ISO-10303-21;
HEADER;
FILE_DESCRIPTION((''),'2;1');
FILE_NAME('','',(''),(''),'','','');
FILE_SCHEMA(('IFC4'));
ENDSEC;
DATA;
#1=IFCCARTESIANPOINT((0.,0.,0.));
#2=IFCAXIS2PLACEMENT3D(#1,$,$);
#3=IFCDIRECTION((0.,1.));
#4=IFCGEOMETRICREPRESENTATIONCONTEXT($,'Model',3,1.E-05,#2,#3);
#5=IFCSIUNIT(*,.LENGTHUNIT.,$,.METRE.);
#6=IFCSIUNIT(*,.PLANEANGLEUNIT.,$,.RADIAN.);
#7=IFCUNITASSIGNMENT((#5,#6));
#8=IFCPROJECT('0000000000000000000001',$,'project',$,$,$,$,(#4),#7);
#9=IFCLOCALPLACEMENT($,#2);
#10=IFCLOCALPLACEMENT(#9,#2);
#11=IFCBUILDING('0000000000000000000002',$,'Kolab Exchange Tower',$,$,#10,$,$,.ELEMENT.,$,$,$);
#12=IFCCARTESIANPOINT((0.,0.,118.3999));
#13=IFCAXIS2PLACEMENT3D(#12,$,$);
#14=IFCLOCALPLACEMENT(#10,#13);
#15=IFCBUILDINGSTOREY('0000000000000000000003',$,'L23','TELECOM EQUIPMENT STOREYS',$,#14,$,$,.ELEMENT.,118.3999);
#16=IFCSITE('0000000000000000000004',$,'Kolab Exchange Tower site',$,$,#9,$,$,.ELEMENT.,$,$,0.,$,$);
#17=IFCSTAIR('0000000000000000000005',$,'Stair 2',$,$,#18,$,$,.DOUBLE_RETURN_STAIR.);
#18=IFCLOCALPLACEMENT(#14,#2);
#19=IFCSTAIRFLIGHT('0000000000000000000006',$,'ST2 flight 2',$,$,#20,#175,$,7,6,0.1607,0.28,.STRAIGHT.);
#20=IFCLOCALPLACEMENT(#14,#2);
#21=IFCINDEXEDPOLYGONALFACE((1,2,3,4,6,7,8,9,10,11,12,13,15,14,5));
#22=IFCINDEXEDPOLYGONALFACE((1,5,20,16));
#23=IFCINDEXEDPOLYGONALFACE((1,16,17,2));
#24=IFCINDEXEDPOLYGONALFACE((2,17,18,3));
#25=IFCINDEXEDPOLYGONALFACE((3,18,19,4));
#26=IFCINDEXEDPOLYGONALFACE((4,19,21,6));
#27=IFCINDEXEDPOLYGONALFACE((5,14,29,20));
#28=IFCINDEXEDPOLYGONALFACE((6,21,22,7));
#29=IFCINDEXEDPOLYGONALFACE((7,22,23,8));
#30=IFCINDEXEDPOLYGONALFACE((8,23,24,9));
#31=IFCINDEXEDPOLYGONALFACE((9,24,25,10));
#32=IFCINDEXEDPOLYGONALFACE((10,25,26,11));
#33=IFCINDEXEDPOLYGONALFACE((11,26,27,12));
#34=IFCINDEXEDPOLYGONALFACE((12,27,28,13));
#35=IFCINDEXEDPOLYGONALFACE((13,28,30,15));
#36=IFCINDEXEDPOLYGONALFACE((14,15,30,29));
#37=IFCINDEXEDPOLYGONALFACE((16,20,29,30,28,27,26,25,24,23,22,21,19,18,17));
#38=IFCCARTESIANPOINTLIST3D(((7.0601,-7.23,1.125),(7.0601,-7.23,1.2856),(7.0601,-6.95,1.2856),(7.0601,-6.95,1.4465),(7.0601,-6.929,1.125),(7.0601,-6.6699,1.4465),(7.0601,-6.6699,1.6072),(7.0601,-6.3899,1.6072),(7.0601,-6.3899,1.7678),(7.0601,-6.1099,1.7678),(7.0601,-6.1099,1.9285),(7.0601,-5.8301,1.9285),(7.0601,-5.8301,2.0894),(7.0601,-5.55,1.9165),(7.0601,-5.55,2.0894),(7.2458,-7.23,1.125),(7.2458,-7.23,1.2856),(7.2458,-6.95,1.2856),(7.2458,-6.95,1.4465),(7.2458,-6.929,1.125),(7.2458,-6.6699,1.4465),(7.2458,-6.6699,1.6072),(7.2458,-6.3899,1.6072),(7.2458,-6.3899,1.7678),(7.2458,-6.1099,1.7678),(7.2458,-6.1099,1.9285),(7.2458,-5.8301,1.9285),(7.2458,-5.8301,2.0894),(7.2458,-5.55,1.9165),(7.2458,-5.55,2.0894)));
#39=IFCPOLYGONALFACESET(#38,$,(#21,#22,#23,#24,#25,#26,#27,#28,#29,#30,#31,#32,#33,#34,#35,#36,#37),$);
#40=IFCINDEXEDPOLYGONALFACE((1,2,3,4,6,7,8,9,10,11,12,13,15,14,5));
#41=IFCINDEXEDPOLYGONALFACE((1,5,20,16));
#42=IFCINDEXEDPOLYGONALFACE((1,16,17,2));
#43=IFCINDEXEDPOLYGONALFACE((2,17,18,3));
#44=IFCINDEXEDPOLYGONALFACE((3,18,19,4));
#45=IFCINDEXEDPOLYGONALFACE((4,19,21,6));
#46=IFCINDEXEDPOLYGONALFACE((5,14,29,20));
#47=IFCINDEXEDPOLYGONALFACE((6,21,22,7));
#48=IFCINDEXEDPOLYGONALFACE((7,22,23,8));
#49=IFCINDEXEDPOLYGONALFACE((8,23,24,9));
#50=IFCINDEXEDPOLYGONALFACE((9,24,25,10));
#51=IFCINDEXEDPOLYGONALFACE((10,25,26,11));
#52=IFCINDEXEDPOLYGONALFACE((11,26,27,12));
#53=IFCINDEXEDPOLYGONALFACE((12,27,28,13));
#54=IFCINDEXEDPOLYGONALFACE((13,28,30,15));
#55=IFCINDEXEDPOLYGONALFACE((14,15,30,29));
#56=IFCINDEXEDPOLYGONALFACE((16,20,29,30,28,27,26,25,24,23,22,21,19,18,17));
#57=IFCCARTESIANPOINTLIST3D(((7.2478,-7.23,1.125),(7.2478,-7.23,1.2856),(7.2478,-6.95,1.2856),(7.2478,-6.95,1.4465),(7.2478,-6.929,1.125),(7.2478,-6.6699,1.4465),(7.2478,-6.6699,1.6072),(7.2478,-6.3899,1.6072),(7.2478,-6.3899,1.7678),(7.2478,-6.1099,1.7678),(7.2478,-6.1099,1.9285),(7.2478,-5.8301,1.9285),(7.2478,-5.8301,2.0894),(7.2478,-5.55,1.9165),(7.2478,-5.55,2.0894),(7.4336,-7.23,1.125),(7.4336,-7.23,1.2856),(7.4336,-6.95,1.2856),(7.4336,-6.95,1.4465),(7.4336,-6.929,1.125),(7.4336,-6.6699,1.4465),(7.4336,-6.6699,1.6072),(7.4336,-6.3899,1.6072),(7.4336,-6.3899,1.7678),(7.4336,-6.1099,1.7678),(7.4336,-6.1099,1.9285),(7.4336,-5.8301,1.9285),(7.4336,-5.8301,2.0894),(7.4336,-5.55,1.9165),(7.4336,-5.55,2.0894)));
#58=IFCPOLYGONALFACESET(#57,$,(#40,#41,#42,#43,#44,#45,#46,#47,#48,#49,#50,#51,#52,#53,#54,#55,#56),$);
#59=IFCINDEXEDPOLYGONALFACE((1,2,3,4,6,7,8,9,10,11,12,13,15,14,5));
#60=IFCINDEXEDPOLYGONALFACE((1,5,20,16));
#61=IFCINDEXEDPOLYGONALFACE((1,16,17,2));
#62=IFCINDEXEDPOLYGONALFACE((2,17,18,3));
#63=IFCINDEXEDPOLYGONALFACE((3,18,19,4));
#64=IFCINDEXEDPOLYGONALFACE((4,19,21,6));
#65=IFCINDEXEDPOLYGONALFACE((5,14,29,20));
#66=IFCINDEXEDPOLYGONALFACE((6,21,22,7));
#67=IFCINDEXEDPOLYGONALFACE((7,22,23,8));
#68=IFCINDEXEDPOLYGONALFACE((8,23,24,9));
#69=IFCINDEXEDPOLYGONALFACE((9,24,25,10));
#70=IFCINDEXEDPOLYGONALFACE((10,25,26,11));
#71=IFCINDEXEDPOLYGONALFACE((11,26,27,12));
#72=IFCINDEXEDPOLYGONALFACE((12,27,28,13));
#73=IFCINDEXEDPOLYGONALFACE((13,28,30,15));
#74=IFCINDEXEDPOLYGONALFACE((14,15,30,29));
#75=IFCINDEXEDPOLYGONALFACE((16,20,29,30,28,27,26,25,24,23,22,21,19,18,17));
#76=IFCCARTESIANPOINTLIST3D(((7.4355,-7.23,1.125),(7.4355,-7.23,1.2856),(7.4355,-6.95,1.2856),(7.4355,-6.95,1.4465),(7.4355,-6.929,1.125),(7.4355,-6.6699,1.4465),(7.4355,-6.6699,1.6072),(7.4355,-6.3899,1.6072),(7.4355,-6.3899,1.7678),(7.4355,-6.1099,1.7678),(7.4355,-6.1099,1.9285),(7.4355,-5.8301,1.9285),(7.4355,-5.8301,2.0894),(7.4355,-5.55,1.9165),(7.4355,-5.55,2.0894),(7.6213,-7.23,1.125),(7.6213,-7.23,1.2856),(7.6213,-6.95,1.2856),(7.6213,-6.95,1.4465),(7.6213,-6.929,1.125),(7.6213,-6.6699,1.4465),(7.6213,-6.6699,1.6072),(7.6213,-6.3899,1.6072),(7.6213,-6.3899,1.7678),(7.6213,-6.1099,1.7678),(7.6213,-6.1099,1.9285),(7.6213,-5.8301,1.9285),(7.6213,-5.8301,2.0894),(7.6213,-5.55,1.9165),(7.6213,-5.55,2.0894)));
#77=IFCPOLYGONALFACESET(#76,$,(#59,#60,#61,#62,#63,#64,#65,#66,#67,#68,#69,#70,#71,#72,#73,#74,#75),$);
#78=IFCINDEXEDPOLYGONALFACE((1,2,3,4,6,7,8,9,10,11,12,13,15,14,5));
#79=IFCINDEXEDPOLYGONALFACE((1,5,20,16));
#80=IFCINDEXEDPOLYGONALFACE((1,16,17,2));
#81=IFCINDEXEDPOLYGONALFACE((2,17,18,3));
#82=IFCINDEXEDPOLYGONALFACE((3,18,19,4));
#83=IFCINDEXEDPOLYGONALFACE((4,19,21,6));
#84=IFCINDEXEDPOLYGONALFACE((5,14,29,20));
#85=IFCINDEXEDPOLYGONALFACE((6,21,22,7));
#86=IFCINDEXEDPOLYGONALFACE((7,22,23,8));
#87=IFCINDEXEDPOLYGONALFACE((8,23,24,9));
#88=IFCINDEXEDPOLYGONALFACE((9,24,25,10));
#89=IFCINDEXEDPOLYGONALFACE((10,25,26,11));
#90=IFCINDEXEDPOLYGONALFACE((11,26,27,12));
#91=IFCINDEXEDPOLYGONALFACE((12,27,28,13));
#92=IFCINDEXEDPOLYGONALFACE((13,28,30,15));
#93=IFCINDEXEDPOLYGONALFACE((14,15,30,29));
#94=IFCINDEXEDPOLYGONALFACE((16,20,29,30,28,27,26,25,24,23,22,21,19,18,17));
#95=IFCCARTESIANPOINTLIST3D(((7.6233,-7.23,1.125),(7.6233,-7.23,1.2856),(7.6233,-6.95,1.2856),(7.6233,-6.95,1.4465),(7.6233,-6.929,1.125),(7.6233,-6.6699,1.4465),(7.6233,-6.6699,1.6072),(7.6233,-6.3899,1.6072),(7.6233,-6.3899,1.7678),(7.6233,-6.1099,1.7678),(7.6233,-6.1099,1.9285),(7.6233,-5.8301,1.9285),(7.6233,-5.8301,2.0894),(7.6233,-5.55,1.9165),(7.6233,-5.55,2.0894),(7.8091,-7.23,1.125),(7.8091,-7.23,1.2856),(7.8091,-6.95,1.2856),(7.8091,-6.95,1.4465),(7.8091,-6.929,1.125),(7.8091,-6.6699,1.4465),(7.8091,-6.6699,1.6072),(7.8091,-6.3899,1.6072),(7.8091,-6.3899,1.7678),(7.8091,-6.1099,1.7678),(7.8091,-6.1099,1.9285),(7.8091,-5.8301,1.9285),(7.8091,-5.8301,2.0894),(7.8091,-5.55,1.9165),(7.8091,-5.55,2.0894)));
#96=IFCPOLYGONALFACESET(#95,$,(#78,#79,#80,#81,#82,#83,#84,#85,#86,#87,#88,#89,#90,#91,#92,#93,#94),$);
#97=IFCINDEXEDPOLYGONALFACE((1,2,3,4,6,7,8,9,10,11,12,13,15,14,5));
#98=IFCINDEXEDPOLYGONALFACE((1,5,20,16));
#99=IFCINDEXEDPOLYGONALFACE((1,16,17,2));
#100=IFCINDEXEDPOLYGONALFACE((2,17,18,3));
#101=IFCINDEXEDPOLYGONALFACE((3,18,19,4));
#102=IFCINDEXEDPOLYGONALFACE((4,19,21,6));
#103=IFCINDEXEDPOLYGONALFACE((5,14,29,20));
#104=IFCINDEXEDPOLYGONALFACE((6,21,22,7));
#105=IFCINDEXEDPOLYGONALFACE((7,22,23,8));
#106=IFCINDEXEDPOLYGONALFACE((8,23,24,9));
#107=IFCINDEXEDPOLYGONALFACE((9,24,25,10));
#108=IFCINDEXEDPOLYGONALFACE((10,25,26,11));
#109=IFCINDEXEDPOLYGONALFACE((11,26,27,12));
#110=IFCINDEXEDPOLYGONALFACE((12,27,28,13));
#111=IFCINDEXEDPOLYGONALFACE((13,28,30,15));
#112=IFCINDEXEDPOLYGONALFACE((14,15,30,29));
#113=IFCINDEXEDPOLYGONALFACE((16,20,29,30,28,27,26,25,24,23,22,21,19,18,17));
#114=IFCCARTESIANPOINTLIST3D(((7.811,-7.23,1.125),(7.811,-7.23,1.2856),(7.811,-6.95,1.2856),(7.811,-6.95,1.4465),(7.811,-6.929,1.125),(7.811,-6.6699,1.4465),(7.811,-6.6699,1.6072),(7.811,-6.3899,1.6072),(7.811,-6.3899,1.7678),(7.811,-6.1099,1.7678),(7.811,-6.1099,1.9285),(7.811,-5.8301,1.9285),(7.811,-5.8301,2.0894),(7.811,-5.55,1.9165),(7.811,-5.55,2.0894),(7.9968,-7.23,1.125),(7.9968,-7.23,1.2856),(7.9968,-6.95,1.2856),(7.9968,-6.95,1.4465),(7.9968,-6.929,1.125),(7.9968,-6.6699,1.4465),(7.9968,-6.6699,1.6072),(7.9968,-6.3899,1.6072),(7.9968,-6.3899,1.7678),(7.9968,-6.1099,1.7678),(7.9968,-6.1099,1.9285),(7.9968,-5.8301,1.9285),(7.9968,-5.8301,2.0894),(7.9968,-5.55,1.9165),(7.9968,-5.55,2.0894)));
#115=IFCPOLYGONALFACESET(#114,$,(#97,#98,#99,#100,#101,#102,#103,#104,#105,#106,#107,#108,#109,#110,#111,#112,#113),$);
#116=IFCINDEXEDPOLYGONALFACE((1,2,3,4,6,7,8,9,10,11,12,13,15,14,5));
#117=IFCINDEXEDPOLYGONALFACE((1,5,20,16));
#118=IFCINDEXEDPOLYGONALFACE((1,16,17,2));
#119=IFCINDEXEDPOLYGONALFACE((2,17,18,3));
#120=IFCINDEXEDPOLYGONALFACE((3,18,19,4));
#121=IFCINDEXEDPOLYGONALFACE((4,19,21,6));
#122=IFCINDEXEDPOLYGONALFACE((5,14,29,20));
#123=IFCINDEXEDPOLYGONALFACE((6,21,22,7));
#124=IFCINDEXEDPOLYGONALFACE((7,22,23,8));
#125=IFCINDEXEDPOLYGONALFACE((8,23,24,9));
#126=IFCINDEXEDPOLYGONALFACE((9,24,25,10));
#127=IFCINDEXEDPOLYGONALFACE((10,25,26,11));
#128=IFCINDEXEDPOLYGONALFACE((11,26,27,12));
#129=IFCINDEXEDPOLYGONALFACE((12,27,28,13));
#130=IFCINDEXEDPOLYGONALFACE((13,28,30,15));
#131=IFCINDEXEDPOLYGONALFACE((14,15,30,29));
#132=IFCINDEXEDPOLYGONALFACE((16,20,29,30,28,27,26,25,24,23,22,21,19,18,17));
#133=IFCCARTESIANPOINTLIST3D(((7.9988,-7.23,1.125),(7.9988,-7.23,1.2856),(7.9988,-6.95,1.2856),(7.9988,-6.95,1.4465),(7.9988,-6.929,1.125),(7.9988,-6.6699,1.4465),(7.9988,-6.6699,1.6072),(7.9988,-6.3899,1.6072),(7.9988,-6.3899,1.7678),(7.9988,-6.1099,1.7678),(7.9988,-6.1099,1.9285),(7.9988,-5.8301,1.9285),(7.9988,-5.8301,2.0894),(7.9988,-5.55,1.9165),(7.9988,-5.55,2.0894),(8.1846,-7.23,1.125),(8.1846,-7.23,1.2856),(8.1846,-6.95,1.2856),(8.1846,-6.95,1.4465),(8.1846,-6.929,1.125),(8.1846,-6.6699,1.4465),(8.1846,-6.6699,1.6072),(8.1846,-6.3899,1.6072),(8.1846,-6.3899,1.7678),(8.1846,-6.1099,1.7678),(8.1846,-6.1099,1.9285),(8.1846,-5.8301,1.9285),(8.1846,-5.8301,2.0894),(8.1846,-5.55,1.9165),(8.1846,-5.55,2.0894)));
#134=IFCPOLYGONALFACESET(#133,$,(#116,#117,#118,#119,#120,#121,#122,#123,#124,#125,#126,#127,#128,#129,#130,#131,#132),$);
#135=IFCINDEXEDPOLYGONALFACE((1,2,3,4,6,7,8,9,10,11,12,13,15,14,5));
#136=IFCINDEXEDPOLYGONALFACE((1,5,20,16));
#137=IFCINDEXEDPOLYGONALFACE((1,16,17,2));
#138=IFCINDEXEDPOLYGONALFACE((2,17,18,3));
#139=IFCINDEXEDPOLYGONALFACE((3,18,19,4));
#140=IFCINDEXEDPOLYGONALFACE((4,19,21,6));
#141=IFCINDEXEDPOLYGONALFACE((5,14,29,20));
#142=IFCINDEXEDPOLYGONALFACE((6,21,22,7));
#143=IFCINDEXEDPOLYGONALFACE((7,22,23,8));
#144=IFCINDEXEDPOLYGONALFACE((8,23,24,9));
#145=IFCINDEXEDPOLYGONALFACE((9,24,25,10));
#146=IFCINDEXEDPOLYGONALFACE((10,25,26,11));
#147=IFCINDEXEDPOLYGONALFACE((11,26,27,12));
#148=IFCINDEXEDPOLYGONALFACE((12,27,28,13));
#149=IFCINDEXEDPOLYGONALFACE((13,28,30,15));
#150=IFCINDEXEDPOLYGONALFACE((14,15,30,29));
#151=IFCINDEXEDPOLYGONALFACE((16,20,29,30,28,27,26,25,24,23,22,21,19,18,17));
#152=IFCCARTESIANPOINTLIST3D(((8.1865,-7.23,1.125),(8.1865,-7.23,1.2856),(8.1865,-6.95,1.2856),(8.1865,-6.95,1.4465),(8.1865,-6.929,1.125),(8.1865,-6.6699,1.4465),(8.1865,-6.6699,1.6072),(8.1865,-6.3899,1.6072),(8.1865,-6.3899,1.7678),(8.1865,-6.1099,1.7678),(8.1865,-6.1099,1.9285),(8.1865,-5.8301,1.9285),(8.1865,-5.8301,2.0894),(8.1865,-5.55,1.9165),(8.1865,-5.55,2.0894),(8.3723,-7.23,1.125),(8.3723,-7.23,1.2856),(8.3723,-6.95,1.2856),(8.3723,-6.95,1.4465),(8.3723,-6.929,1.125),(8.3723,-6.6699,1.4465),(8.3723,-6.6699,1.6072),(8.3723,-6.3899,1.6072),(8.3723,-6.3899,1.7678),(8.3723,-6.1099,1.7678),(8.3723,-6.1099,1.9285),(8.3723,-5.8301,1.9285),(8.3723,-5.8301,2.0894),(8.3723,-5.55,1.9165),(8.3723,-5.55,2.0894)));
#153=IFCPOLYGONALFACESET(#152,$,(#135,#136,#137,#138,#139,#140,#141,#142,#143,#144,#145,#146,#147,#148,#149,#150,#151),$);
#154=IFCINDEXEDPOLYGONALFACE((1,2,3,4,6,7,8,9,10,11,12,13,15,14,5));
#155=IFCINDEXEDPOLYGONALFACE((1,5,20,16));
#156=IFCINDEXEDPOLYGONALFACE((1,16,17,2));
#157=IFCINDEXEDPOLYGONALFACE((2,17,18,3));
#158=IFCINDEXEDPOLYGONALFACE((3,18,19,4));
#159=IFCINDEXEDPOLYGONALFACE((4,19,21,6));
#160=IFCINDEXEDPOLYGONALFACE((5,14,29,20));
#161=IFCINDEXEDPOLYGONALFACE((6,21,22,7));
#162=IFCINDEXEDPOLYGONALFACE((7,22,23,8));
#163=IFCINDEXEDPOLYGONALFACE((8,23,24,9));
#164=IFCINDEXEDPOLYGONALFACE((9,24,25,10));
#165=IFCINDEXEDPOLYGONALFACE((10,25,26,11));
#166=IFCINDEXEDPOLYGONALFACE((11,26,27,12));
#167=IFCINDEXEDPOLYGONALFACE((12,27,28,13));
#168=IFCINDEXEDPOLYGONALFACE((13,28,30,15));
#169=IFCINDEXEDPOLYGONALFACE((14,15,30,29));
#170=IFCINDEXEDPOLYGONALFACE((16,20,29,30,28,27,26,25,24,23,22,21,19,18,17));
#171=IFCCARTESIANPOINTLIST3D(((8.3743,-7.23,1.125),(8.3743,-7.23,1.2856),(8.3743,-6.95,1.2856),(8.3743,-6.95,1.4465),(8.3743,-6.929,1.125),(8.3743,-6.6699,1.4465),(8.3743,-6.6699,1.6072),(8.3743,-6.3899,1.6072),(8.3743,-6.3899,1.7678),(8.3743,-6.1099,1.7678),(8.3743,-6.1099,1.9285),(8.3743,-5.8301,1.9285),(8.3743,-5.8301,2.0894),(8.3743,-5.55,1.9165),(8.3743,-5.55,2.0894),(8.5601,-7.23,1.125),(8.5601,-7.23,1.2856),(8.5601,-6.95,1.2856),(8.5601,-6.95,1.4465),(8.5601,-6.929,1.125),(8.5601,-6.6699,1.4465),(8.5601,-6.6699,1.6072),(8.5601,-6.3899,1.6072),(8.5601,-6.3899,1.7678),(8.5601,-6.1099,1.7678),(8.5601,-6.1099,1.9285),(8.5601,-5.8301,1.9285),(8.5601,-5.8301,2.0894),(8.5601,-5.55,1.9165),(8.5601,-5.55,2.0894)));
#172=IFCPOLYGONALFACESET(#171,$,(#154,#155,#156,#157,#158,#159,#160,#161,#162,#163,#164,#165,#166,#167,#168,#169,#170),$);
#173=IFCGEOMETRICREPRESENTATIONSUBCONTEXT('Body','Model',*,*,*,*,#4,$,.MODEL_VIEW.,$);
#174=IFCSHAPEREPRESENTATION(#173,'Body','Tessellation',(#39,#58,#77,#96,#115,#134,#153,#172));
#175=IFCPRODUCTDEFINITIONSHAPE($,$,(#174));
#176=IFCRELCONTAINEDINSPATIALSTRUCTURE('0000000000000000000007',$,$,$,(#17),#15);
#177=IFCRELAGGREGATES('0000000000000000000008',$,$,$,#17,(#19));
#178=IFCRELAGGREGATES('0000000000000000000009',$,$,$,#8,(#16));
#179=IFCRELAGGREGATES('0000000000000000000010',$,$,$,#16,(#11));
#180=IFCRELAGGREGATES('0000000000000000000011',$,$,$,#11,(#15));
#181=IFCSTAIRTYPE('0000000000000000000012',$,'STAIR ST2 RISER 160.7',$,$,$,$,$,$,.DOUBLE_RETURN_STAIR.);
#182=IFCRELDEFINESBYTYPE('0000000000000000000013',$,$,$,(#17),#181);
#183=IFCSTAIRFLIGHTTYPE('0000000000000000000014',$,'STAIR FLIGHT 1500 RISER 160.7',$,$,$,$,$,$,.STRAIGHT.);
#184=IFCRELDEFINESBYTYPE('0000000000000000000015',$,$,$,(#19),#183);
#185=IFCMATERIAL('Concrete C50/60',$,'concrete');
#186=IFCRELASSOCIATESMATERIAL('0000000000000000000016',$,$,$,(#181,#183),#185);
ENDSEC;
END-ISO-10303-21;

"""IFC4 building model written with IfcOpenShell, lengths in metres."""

from ifc_helpers import new_model, si_unit, direction, frame, origin, place, context, subcontext, project, spatial, polyline, outline, extrude, material, type_object, element, aggregate, save


model = new_model("IFC4")

# Units and contexts
model_context = context("Model", 3, precision=1e-05, world=origin(), true_north=direction((0.0, 1.0)))
body_context = subcontext(model_context, "Body", "Model", "MODEL_VIEW")
ifc_project = project(units=[si_unit("LENGTHUNIT", "METRE"), si_unit("PLANEANGLEUNIT", "RADIAN")], contexts=[model_context])

# Site, building, storey
site_placement = place(None, origin())
site = spatial("IfcSite", under=ifc_project, at=site_placement, Name="Kolab Exchange Tower site", CompositionType="ELEMENT", RefElevation=0.0)
building_placement = place(site_placement, origin())
building = spatial("IfcBuilding", under=site, at=building_placement, Name="Kolab Exchange Tower", CompositionType="ELEMENT")
storey_placement = place(building_placement, frame((0.0, 0.0, 118.3999)))
storey = spatial("IfcBuildingStorey", under=building, at=storey_placement, Name="L23", Description="TELECOM EQUIPMENT STOREYS", CompositionType="ELEMENT", Elevation=118.3999)

# Shared definitions
ifc_material_1 = material(Name="Concrete C50/60", Category="concrete")

# Stair, stair flight
stair_type = type_object("IfcStairType", Name="STAIR ST2 RISER 160.7", PredefinedType="DOUBLE_RETURN_STAIR", material=ifc_material_1)
stair_placement = place(storey_placement, origin())
stair = element("IfcStair", 1, at=stair_placement, inside=storey, type_object=stair_type, Name="Stair 2", PredefinedType="DOUBLE_RETURN_STAIR")
stair_flight_type = type_object("IfcStairFlightType", Name="STAIR FLIGHT 1500 RISER 160.7", PredefinedType="STRAIGHT", material=ifc_material_1)
stair_flight_1_placement = place(storey_placement, frame((7.8101, -7.23, 1.125), z_axis=(0.0, 0.0, 1.0), x_axis=(0.0, 1.0, 0.0)))
stair_flight_1 = element("IfcStairFlight", 2, at=stair_flight_1_placement, type_object=stair_flight_type, Name="ST2 flight 2", NumberOfRisers=7, NumberOfTreads=6, PredefinedType="STRAIGHT", RiserHeight=0.1607, TreadLength=0.28, context=body_context, shape_type="SweptSolid", body=[
    extrude(outline(polyline([(0.0, 0.0), (0.0, 0.1606), (0.28, 0.1606), (0.28, 0.3215), (0.5601, 0.3215), (0.5601, 0.4822), (0.8401, 0.4822), (0.8401, 0.6428), (1.1201, 0.6428), (1.1201, 0.8035), (1.3999, 0.8035), (1.3999, 0.9644), (1.6799, 0.9644), (1.6799, 1.125), (1.6799, 0.7915), (0.301, 0.0), (0.0, 0.0)])), frame((0.0, 0.75, 0.0), z_axis=(0.0, -1.0, 0.0), x_axis=(1.0, 0.0, 0.0)), (0.0, 0.0, 1.0), 0.1858),
    extrude(outline(polyline([(0.0, 0.0), (0.0, 0.1606), (0.28, 0.1606), (0.28, 0.3215), (0.5601, 0.3215), (0.5601, 0.4822), (0.8401, 0.4822), (0.8401, 0.6428), (1.1201, 0.6428), (1.1201, 0.8035), (1.3999, 0.8035), (1.3999, 0.9644), (1.6799, 0.9644), (1.6799, 1.125), (1.6799, 0.7915), (0.301, 0.0), (0.0, 0.0)])), frame((0.0, 0.5623, 0.0), z_axis=(0.0, -1.0, 0.0), x_axis=(1.0, 0.0, 0.0)), (0.0, 0.0, 1.0), 0.1858),
    extrude(outline(polyline([(0.0, 0.0), (0.0, 0.1606), (0.28, 0.1606), (0.28, 0.3215), (0.5601, 0.3215), (0.5601, 0.4822), (0.8401, 0.4822), (0.8401, 0.6428), (1.1201, 0.6428), (1.1201, 0.8035), (1.3999, 0.8035), (1.3999, 0.9644), (1.6799, 0.9644), (1.6799, 1.125), (1.6799, 0.7915), (0.301, 0.0), (0.0, 0.0)])), frame((0.0, 0.3745, 0.0), z_axis=(0.0, -1.0, 0.0), x_axis=(1.0, 0.0, 0.0)), (0.0, 0.0, 1.0), 0.1858),
    extrude(outline(polyline([(0.0, 0.0), (0.0, 0.1606), (0.28, 0.1606), (0.28, 0.3215), (0.5601, 0.3215), (0.5601, 0.4822), (0.8401, 0.4822), (0.8401, 0.6428), (1.1201, 0.6428), (1.1201, 0.8035), (1.3999, 0.8035), (1.3999, 0.9644), (1.6799, 0.9644), (1.6799, 1.125), (1.6799, 0.7915), (0.301, 0.0), (0.0, 0.0)])), frame((0.0, 0.1868, 0.0), z_axis=(0.0, -1.0, 0.0), x_axis=(1.0, 0.0, 0.0)), (0.0, 0.0, 1.0), 0.1858),
    extrude(outline(polyline([(0.0, 0.0), (0.0, 0.1606), (0.28, 0.1606), (0.28, 0.3215), (0.5601, 0.3215), (0.5601, 0.4822), (0.8401, 0.4822), (0.8401, 0.6428), (1.1201, 0.6428), (1.1201, 0.8035), (1.3999, 0.8035), (1.3999, 0.9644), (1.6799, 0.9644), (1.6799, 1.125), (1.6799, 0.7915), (0.301, 0.0), (0.0, 0.0)])), frame((0.0, -0.001, 0.0), z_axis=(0.0, -1.0, 0.0), x_axis=(1.0, 0.0, 0.0)), (0.0, 0.0, 1.0), 0.1858),
    extrude(outline(polyline([(0.0, 0.0), (0.0, 0.1606), (0.28, 0.1606), (0.28, 0.3215), (0.5601, 0.3215), (0.5601, 0.4822), (0.8401, 0.4822), (0.8401, 0.6428), (1.1201, 0.6428), (1.1201, 0.8035), (1.3999, 0.8035), (1.3999, 0.9644), (1.6799, 0.9644), (1.6799, 1.125), (1.6799, 0.7915), (0.301, 0.0), (0.0, 0.0)])), frame((0.0, -0.1887, 0.0), z_axis=(0.0, -1.0, 0.0), x_axis=(1.0, 0.0, 0.0)), (0.0, 0.0, 1.0), 0.1858),
    extrude(outline(polyline([(0.0, 0.0), (0.0, 0.1606), (0.28, 0.1606), (0.28, 0.3215), (0.5601, 0.3215), (0.5601, 0.4822), (0.8401, 0.4822), (0.8401, 0.6428), (1.1201, 0.6428), (1.1201, 0.8035), (1.3999, 0.8035), (1.3999, 0.9644), (1.6799, 0.9644), (1.6799, 1.125), (1.6799, 0.7915), (0.301, 0.0), (0.0, 0.0)])), frame((0.0, -0.3765, 0.0), z_axis=(0.0, -1.0, 0.0), x_axis=(1.0, 0.0, 0.0)), (0.0, 0.0, 1.0), 0.1858),
    extrude(outline(polyline([(0.0, 0.0), (0.0, 0.1606), (0.28, 0.1606), (0.28, 0.3215), (0.5601, 0.3215), (0.5601, 0.4822), (0.8401, 0.4822), (0.8401, 0.6428), (1.1201, 0.6428), (1.1201, 0.8035), (1.3999, 0.8035), (1.3999, 0.9644), (1.6799, 0.9644), (1.6799, 1.125), (1.6799, 0.7915), (0.301, 0.0), (0.0, 0.0)])), frame((0.0, -0.5642, 0.0), z_axis=(0.0, -1.0, 0.0), x_axis=(1.0, 0.0, 0.0)), (0.0, 0.0, 1.0), 0.1858),
])
aggregate(stair, [stair_flight_1])

save(model, "model.ifc")
